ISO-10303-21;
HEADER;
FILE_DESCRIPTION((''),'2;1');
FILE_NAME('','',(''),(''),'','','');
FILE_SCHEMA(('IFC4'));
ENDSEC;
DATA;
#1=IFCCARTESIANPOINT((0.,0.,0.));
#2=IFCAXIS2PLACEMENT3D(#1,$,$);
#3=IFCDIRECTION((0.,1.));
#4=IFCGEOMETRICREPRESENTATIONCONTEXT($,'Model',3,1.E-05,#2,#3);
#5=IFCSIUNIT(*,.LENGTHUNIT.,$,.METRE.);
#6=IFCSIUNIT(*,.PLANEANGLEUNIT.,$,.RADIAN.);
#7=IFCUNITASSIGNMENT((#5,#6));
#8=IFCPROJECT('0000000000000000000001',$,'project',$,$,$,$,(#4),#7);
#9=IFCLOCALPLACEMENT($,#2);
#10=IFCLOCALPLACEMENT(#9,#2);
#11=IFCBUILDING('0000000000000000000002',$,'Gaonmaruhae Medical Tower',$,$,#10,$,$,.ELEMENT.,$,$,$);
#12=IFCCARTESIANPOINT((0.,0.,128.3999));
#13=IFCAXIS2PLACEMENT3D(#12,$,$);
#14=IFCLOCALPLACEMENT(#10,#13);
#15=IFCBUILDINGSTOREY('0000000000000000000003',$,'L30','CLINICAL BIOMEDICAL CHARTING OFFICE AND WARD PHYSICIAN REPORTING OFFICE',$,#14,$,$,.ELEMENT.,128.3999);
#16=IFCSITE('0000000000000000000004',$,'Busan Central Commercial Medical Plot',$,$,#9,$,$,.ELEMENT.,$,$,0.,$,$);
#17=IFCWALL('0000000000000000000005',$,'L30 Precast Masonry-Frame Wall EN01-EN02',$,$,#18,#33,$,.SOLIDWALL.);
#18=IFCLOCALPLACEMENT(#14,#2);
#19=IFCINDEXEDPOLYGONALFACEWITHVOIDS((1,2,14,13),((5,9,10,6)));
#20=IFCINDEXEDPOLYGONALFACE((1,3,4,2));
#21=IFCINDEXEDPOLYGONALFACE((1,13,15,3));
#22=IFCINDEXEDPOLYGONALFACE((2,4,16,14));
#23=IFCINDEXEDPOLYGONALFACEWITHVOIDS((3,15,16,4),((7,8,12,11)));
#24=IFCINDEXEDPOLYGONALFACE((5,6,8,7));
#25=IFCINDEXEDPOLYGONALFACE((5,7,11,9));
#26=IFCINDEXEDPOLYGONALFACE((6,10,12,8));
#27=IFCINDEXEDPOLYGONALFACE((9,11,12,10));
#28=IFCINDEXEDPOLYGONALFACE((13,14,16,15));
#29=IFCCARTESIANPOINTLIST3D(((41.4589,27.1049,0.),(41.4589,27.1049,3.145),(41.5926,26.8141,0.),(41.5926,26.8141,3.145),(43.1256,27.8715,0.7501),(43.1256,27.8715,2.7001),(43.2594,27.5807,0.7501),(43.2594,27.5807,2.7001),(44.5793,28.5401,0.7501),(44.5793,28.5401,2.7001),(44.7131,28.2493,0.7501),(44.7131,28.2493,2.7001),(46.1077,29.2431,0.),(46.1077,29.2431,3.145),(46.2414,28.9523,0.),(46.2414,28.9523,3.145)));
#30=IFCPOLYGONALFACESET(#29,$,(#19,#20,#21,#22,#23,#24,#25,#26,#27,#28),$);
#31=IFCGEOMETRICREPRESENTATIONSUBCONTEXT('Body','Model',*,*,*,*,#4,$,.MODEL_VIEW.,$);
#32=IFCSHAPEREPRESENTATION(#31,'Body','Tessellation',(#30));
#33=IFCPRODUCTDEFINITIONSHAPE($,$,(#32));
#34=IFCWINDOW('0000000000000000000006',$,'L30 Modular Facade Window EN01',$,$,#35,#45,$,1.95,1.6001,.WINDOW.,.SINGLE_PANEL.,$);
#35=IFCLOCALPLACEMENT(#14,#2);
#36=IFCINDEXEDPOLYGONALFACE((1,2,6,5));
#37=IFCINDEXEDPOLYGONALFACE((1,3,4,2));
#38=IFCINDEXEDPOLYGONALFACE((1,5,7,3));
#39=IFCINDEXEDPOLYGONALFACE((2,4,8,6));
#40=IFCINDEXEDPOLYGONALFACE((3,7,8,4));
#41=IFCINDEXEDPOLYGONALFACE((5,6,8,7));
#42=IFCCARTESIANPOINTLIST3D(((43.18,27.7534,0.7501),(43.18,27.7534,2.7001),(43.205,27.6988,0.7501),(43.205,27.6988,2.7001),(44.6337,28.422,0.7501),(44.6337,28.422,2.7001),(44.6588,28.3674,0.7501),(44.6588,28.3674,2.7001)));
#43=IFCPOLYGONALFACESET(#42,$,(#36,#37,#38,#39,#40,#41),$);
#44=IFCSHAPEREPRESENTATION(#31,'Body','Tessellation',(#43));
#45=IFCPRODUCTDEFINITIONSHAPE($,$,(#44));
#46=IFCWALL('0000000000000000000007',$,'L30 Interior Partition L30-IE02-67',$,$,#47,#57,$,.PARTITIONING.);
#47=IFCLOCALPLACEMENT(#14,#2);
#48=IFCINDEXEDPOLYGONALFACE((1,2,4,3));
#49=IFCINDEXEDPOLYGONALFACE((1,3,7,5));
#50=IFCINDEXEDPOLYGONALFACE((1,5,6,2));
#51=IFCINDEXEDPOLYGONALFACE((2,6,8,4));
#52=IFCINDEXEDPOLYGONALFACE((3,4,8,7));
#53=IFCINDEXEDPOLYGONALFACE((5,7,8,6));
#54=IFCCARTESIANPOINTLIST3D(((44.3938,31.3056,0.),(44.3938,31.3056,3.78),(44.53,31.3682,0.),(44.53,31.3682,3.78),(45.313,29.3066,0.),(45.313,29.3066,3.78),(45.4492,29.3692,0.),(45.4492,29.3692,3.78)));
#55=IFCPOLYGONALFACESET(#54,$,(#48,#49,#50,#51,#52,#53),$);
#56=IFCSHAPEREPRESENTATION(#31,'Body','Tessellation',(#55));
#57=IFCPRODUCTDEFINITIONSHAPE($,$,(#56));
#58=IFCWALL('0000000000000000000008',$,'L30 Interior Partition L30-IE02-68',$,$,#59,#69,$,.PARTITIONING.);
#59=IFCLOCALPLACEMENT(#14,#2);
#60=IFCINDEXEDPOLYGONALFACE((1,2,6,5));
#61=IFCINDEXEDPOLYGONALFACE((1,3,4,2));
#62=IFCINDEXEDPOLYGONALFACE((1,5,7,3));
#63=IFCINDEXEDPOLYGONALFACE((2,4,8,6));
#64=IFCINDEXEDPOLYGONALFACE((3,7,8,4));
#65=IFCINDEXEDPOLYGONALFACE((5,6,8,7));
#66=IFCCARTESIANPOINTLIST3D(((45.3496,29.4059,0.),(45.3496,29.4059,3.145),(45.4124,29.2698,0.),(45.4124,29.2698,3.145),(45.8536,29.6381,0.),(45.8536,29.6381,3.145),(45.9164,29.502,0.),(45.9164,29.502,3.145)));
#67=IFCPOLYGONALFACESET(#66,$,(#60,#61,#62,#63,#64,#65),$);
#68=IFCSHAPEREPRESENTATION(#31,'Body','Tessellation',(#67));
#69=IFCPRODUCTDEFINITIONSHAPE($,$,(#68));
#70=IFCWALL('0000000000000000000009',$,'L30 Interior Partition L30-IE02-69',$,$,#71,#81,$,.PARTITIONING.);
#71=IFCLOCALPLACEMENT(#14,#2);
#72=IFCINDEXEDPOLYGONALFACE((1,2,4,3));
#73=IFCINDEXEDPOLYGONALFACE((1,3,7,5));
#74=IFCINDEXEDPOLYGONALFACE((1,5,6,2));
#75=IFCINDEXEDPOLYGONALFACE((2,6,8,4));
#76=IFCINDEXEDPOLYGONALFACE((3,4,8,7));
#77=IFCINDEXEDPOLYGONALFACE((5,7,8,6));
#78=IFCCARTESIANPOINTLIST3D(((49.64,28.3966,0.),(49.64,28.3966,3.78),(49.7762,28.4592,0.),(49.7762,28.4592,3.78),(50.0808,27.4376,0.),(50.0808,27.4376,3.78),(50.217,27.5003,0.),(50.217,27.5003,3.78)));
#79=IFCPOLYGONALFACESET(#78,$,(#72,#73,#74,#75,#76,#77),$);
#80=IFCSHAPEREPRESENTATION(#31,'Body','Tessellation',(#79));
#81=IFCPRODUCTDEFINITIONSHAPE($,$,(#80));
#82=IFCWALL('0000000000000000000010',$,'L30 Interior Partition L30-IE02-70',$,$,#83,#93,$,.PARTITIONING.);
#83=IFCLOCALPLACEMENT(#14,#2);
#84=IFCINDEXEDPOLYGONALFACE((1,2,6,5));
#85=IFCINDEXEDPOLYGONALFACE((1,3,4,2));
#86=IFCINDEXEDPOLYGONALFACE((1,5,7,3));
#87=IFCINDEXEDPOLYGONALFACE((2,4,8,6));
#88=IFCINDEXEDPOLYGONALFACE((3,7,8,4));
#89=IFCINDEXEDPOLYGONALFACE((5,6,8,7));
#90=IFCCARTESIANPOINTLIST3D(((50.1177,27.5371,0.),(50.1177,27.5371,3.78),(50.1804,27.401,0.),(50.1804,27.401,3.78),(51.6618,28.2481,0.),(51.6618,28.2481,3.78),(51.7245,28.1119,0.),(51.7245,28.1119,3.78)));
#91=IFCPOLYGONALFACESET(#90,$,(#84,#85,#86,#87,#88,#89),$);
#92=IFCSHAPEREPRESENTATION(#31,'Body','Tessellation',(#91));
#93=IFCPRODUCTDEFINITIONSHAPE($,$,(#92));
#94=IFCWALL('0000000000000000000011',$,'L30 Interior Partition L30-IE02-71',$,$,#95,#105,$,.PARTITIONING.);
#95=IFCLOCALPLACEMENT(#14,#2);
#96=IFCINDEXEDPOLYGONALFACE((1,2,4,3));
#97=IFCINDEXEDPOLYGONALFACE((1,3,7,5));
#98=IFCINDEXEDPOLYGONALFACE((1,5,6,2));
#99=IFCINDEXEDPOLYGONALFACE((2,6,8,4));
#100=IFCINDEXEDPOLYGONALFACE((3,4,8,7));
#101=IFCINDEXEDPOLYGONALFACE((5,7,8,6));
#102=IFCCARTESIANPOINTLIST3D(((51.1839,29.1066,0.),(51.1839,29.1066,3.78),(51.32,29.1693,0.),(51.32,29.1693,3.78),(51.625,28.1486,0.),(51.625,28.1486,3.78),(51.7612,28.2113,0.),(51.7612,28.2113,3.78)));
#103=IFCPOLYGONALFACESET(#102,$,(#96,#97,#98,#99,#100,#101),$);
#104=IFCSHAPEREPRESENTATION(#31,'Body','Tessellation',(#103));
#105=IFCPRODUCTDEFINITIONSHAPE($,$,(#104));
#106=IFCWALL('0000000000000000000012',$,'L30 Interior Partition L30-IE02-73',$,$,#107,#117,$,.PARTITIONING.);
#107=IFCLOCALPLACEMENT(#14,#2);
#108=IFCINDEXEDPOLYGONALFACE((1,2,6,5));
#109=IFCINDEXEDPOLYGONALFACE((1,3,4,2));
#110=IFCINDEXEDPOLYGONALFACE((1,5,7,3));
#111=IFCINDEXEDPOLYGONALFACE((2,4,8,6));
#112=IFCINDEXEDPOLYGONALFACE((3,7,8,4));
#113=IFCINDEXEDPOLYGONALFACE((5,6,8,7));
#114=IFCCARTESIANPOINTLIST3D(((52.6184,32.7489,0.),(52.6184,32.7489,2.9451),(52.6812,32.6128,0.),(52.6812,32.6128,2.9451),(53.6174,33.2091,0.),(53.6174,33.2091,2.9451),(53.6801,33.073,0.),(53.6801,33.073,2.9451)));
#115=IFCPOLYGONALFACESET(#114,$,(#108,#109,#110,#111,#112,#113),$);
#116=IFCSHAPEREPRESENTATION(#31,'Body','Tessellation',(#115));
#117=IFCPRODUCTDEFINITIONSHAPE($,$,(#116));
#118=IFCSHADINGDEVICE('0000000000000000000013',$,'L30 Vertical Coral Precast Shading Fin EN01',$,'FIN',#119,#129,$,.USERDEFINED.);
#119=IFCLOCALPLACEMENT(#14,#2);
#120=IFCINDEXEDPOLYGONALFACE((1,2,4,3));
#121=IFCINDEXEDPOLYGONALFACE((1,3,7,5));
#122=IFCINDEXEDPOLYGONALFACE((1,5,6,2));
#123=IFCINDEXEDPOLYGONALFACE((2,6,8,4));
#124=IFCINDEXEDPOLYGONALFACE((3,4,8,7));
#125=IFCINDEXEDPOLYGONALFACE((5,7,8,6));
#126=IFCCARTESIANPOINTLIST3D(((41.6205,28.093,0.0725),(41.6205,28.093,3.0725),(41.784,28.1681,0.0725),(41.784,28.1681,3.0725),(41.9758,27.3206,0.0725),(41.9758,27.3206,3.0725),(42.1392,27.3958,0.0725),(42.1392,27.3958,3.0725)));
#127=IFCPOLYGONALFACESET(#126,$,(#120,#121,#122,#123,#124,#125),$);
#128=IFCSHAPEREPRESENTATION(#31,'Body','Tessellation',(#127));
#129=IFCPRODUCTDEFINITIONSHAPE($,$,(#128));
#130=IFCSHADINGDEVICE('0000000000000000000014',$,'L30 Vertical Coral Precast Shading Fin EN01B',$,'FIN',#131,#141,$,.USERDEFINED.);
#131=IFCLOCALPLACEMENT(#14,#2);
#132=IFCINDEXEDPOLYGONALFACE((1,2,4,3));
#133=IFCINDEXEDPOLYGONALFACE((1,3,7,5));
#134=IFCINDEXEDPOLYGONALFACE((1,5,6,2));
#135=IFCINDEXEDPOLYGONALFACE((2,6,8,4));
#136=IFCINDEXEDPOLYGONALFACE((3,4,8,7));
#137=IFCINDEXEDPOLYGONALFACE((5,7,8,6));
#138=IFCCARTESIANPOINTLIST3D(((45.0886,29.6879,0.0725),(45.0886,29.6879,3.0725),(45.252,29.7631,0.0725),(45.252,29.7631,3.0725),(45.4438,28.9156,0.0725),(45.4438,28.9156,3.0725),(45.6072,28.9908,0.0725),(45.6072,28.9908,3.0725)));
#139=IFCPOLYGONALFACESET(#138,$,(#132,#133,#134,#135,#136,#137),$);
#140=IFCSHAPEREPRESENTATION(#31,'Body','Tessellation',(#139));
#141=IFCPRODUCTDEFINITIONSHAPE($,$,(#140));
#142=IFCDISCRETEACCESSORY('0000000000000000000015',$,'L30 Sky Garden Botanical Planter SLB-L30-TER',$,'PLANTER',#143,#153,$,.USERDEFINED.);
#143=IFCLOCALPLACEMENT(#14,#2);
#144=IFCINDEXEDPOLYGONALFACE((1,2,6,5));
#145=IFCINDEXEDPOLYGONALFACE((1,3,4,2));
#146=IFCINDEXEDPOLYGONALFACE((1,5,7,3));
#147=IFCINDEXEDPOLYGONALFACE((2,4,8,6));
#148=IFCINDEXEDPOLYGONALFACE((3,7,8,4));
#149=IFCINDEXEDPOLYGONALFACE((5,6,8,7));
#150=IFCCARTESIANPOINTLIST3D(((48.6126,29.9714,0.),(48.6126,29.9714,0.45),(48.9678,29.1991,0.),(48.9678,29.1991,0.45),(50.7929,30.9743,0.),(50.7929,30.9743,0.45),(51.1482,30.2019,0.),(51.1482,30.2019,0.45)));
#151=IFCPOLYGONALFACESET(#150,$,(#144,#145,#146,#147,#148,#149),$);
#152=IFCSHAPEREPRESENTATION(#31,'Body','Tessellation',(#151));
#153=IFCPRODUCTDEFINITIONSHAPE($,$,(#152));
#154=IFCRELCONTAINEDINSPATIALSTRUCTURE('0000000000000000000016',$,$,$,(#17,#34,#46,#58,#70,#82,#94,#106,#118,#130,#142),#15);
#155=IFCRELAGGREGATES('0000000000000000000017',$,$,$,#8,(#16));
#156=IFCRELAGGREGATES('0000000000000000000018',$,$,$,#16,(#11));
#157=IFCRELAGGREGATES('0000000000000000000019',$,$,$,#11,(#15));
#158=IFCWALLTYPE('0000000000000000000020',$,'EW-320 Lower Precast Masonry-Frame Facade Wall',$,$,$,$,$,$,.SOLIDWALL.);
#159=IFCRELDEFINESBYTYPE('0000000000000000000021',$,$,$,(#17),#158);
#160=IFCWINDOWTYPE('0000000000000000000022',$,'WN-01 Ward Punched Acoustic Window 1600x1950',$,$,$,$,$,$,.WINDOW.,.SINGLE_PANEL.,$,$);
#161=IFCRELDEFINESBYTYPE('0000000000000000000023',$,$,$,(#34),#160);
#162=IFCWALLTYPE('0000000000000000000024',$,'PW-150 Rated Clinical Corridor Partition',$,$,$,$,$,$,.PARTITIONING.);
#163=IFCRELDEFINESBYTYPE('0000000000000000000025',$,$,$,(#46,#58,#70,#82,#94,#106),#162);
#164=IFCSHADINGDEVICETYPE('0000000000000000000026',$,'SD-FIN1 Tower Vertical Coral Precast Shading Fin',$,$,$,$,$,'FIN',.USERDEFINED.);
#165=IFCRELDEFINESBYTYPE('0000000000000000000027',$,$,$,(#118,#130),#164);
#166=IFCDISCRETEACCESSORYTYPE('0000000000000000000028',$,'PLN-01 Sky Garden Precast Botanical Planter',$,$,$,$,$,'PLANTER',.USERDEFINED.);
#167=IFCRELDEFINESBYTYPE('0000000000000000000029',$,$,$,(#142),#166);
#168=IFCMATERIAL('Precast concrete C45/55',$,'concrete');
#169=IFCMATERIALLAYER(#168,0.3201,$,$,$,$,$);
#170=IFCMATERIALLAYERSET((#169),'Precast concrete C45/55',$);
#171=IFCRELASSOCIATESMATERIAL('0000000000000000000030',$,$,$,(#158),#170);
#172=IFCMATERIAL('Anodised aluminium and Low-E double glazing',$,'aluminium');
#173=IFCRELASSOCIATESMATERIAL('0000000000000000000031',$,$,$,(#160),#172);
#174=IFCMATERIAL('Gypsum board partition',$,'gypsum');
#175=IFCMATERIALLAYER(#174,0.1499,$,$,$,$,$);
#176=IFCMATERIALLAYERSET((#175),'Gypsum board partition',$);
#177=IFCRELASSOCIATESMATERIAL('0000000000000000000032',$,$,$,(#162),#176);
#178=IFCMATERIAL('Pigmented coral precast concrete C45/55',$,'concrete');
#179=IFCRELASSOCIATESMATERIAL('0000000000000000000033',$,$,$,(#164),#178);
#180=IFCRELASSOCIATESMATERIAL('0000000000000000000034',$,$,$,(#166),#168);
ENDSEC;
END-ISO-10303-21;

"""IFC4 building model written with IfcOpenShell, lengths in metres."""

from ifc_helpers import new_model, si_unit, direction, frame, frame_2d, origin, origin_2d, place, context, subcontext, project, spatial, rectangle, extrude, material, layer, layer_set, type_object, element, fill, save


model = new_model("IFC4")

# Units and contexts
model_context = context("Model", 3, precision=1e-05, world=origin(), true_north=direction((0.0, 1.0)))
body_context = subcontext(model_context, "Body", "Model", "MODEL_VIEW")
ifc_project = project(units=[si_unit("LENGTHUNIT", "METRE"), si_unit("PLANEANGLEUNIT", "RADIAN")], contexts=[model_context])

# Site, building, storey
site_placement = place(None, origin())
site = spatial("IfcSite", under=ifc_project, at=site_placement, Name="Busan Central Commercial Medical Plot", CompositionType="ELEMENT", RefElevation=0.0)
building_placement = place(site_placement, origin())
building = spatial("IfcBuilding", under=site, at=building_placement, Name="Gaonmaruhae Medical Tower", CompositionType="ELEMENT")
storey_placement = place(building_placement, frame((0.0, 0.0, 128.3999)))
storey = spatial("IfcBuildingStorey", under=building, at=storey_placement, Name="L30", Description="CLINICAL BIOMEDICAL CHARTING OFFICE AND WARD PHYSICIAN REPORTING OFFICE", CompositionType="ELEMENT", Elevation=128.3999)

# Shared definitions
ifc_material_1 = material(Name="Precast concrete C45/55", Category="concrete")

# Wall, opening, window
ifc_layer_1 = layer(ifc_material_1, 0.3201)
ifc_layer_set_1 = layer_set([ifc_layer_1], Name="Precast concrete C45/55")
wall_type_1 = type_object("IfcWallType", Name="EW-320 Lower Precast Masonry-Frame Facade Wall", PredefinedType="SOLIDWALL", material=ifc_layer_set_1)
wall_1_placement = place(storey_placement, frame((41.5256, 26.9595, 0.0), z_axis=(0.0, 0.0, 1.0), x_axis=(0.908514, 0.417854, 0.0)))
wall_1 = element("IfcWall", 1, at=wall_1_placement, inside=storey, type_object=wall_type_1, Name="L30 Precast Masonry-Frame Wall EN01-EN02", PredefinedType="SOLIDWALL", context=body_context, shape_type="SweptSolid", body=[
    extrude(rectangle(XDim=5.1169, YDim=0.3201, at=frame_2d((2.5586, 0.0))), origin(), (0.0, 0.0, 1.0), 3.145),
])
opening_1_placement = place(wall_1_placement, frame((1.8347, 0.0, 0.75)))
opening_1 = element("IfcOpeningElement", 2, at=opening_1_placement, cuts=wall_1, PredefinedType="OPENING", context=body_context, shape_type="SweptSolid", body=[
    extrude(rectangle(XDim=1.6001, YDim=1.95, at=frame_2d((0.8, 0.9751))), frame((0.0, 0.1699, 0.0), z_axis=(0.0, -1.0, 0.0), x_axis=(1.0, 0.0, 0.0)), (0.0, 0.0, 1.0), 0.3401),
])
ifc_material_2 = material(Name="Anodised aluminium and Low-E double glazing", Category="aluminium")
window_type = type_object("IfcWindowType", Name="WN-01 Ward Punched Acoustic Window 1600x1950", PartitioningType="SINGLE_PANEL", PredefinedType="WINDOW", material=ifc_material_2)
window_placement = place(opening_1_placement, origin())
window = element("IfcWindow", 3, at=window_placement, inside=storey, type_object=window_type, Name="L30 Modular Facade Window EN01", OverallHeight=1.95, OverallWidth=1.6001, PartitioningType="SINGLE_PANEL", PredefinedType="WINDOW", context=body_context, shape_type="SweptSolid", body=[
    extrude(rectangle(XDim=1.6001, YDim=1.95, at=frame_2d((0.8, 0.9751))), frame((0.0, 0.03, 0.0), z_axis=(0.0, -1.0, 0.0), x_axis=(1.0, 0.0, 0.0)), (0.0, 0.0, 1.0), 0.0601),
])
fill(opening_1, window)

# Walls
ifc_material_3 = material(Name="Gypsum board partition", Category="gypsum")
ifc_layer_2 = layer(ifc_material_3, 0.1499)
ifc_layer_set_2 = layer_set([ifc_layer_2], Name="Gypsum board partition")
wall_type_2 = type_object("IfcWallType", Name="PW-150 Rated Clinical Corridor Partition", PredefinedType="PARTITIONING", material=ifc_layer_set_2)
wall_2_placement = place(storey_placement, frame((44.4619, 31.3369, 0.0), z_axis=(0.0, 0.0, 1.0), x_axis=(0.41777, -0.908553, 0.0)))
element("IfcWall", 4, at=wall_2_placement, inside=storey, type_object=wall_type_2, Name="L30 Interior Partition L30-IE02-67", PredefinedType="PARTITIONING", context=body_context, shape_type="SweptSolid", body=[
    extrude(rectangle(XDim=2.2002, YDim=0.1499, at=frame_2d((1.1001, 0.0))), origin(), (0.0, 0.0, 1.0), 3.78),
])
wall_3_placement = place(storey_placement, frame((45.3811, 29.3379, 0.0), z_axis=(0.0, 0.0, 1.0), x_axis=(0.90823, 0.418472, 0.0)))
element("IfcWall", 5, at=wall_3_placement, inside=storey, type_object=wall_type_2, Name="L30 Interior Partition L30-IE02-68", PredefinedType="PARTITIONING", context=body_context, shape_type="SweptSolid", body=[
    extrude(rectangle(XDim=0.5549, YDim=0.1499, at=frame_2d((0.2773, 0.0))), origin(), (0.0, 0.0, 1.0), 3.145),
])
wall_4_placement = place(storey_placement, frame((49.708, 28.428, 0.0), z_axis=(0.0, 0.0, 1.0), x_axis=(0.417738, -0.908568, 0.0)))
element("IfcWall", 6, at=wall_4_placement, inside=storey, type_object=wall_type_2, Name="L30 Interior Partition L30-IE02-69", PredefinedType="PARTITIONING", context=body_context, shape_type="SweptSolid", body=[
    extrude(rectangle(XDim=1.0554, YDim=0.1499, at=frame_2d((0.5278, 0.0))), origin(), (0.0, 0.0, 1.0), 3.78),
])
wall_5_placement = place(storey_placement, frame((50.1489, 27.469, 0.0), z_axis=(0.0, 0.0, 1.0), x_axis=(0.908354, 0.418202, 0.0)))
element("IfcWall", 7, at=wall_5_placement, inside=storey, type_object=wall_type_2, Name="L30 Interior Partition L30-IE02-70", PredefinedType="PARTITIONING", context=body_context, shape_type="SweptSolid", body=[
    extrude(rectangle(XDim=1.7, YDim=0.1499, at=frame_2d((0.8501, 0.0))), origin(), (0.0, 0.0, 1.0), 3.78),
])
wall_6_placement = place(storey_placement, frame((51.6931, 28.1799, 0.0), z_axis=(0.0, 0.0, 1.0), x_axis=(-0.41828, 0.908318, 0.0)))
element("IfcWall", 8, at=wall_6_placement, inside=storey, type_object=wall_type_2, Name="L30 Interior Partition L30-IE02-71", PredefinedType="PARTITIONING", context=body_context, shape_type="SweptSolid", body=[
    extrude(rectangle(XDim=1.0547, YDim=0.1499, at=frame_2d((0.5273, 0.0))), origin(), (0.0, 0.0, 1.0), 3.78),
])
wall_7_placement = place(storey_placement, frame((52.6499, 32.6809, 0.0), z_axis=(0.0, 0.0, 1.0), x_axis=(0.908264, 0.418397, 0.0)))
element("IfcWall", 9, at=wall_7_placement, inside=storey, type_object=wall_type_2, Name="L30 Interior Partition L30-IE02-73", PredefinedType="PARTITIONING", context=body_context, shape_type="SweptSolid", body=[
    extrude(rectangle(XDim=1.0999, YDim=0.1499, at=frame_2d((0.5498, 0.0))), origin(), (0.0, 0.0, 1.0), 2.9451),
])

# Shading devices
ifc_material_4 = material(Name="Pigmented coral precast concrete C45/55", Category="concrete")
shading_device_type = type_object("IfcShadingDeviceType", Name="SD-FIN1 Tower Vertical Coral Precast Shading Fin", ElementType="FIN", PredefinedType="USERDEFINED", material=ifc_material_4)
for number, where, z_axis, x_axis, name in (
    (10, (41.8799, 27.7444, 0.0725), (0.0, 0.0, 1.0), (0.908508, 0.417867, 0.0), "L30 Vertical Coral Precast Shading Fin EN01"),
    (11, (45.3479, 29.3394, 0.0725), (0.0, 0.0, 1.0), (0.908508, 0.417867, 0.0), "L30 Vertical Coral Precast Shading Fin EN01B"),
):
    element("IfcShadingDevice", number, at=place(storey_placement, frame(where, z_axis=z_axis, x_axis=x_axis)), inside=storey, type_object=shading_device_type, Name=name, ObjectType="FIN", PredefinedType="USERDEFINED", context=body_context, shape_type="SweptSolid", body=[
        extrude(rectangle(XDim=0.1799, YDim=0.8501, at=origin_2d()), origin(), (0.0, 0.0, 1.0), 3.0),
    ])

# Discrete accessory
discrete_accessory_type = type_object("IfcDiscreteAccessoryType", Name="PLN-01 Sky Garden Precast Botanical Planter", ElementType="PLANTER", PredefinedType="USERDEFINED", material=ifc_material_1)
discrete_accessory_placement = place(storey_placement, frame((49.8804, 30.0867, 0.0), z_axis=(0.0, 0.0, 1.0), x_axis=(0.908508, 0.417867, 0.0)))
element("IfcDiscreteAccessory", 12, at=discrete_accessory_placement, inside=storey, type_object=discrete_accessory_type, Name="L30 Sky Garden Botanical Planter SLB-L30-TER", ObjectType="PLANTER", PredefinedType="USERDEFINED", context=body_context, shape_type="SweptSolid", body=[
    extrude(rectangle(XDim=2.3999, YDim=0.8501, at=origin_2d()), origin(), (0.0, 0.0, 1.0), 0.45),
])

save(model, "model.ifc")
